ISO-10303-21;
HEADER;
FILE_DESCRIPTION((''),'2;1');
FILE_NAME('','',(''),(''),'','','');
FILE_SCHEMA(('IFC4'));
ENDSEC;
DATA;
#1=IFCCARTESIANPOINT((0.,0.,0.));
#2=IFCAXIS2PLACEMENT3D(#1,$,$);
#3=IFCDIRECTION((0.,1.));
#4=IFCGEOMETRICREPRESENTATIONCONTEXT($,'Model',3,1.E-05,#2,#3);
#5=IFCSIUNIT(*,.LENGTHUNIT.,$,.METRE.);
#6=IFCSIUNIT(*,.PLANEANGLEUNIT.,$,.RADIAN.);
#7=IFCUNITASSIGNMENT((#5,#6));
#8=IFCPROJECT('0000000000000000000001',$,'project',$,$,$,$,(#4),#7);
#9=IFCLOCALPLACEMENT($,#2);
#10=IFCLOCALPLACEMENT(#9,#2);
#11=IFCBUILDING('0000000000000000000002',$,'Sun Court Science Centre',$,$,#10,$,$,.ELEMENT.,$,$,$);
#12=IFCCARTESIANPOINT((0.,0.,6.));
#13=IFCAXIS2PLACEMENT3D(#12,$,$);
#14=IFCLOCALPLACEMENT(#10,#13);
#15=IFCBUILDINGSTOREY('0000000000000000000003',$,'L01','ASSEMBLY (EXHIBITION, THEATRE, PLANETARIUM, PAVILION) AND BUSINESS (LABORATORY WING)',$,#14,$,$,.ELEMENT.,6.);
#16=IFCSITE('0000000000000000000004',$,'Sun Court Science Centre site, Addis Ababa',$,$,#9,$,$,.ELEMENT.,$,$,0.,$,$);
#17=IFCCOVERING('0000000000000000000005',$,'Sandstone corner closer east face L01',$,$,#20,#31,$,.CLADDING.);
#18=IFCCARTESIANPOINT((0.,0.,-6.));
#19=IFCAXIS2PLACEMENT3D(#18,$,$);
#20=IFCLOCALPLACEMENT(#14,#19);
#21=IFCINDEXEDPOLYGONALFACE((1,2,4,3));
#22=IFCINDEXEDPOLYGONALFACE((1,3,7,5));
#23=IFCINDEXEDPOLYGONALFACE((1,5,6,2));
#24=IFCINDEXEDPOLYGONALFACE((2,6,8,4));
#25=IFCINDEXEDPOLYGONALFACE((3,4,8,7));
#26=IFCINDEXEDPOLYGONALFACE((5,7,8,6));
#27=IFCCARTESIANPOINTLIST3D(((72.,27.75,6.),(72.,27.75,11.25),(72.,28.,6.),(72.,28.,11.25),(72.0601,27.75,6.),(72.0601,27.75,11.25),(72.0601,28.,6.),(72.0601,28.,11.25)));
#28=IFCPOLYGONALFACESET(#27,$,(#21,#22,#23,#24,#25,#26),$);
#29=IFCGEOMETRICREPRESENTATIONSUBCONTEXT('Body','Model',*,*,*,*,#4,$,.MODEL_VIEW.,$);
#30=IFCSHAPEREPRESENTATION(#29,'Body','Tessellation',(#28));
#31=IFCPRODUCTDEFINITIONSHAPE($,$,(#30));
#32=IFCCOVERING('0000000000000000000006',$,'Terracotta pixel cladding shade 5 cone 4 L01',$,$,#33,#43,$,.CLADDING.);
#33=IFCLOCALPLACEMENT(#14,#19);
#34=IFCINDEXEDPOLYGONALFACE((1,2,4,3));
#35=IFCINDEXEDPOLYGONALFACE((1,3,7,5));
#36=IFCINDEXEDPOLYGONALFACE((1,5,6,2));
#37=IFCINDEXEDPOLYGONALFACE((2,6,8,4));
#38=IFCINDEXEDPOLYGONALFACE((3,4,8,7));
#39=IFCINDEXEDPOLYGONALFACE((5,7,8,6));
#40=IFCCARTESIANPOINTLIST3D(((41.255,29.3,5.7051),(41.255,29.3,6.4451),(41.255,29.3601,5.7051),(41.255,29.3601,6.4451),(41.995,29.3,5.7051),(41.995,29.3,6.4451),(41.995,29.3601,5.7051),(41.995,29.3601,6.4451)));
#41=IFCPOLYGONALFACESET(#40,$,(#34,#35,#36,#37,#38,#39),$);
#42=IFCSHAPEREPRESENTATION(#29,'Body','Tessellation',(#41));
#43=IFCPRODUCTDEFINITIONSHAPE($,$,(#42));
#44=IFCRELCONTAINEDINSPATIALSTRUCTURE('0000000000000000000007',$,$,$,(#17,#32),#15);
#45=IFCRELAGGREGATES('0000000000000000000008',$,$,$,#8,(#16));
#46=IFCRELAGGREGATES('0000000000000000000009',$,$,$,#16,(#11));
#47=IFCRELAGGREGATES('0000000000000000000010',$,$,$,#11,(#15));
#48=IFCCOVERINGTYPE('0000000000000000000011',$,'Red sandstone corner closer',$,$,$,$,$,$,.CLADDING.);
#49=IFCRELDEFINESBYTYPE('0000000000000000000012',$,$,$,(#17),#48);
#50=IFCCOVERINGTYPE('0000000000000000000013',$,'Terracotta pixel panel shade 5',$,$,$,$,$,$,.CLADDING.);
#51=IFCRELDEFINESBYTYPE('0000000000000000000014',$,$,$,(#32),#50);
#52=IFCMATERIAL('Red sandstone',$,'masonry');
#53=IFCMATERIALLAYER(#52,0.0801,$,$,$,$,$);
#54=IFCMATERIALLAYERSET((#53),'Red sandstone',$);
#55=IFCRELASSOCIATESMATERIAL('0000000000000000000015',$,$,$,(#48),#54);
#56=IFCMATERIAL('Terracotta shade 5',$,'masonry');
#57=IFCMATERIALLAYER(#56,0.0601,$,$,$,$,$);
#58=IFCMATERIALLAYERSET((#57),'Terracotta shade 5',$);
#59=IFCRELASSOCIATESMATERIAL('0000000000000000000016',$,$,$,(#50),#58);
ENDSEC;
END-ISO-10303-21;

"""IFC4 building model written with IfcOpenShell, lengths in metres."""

from ifc_helpers import new_model, si_unit, direction, frame, origin, origin_2d, place, context, subcontext, project, spatial, rectangle, extrude, material, layer, layer_set, type_object, element, save


model = new_model("IFC4")

# Units and contexts
model_context = context("Model", 3, precision=1e-05, world=origin(), true_north=direction((0.0, 1.0)))
body_context = subcontext(model_context, "Body", "Model", "MODEL_VIEW")
ifc_project = project(units=[si_unit("LENGTHUNIT", "METRE"), si_unit("PLANEANGLEUNIT", "RADIAN")], contexts=[model_context])

# Site, building, storey
site_placement = place(None, origin())
site = spatial("IfcSite", under=ifc_project, at=site_placement, Name="Sun Court Science Centre site, Addis Ababa", CompositionType="ELEMENT", RefElevation=0.0)
building_placement = place(site_placement, origin())
building = spatial("IfcBuilding", under=site, at=building_placement, Name="Sun Court Science Centre", CompositionType="ELEMENT")
storey_placement = place(building_placement, frame((0.0, 0.0, 6.0)))
storey = spatial("IfcBuildingStorey", under=building, at=storey_placement, Name="L01", Description="ASSEMBLY (EXHIBITION, THEATRE, PLANETARIUM, PAVILION) AND BUSINESS (LABORATORY WING)", CompositionType="ELEMENT", Elevation=6.0)

# Coverings
ifc_material_1 = material(Name="Red sandstone", Category="masonry")
ifc_layer_1 = layer(ifc_material_1, 0.0801)
ifc_layer_set_1 = layer_set([ifc_layer_1], Name="Red sandstone")
covering_type_1 = type_object("IfcCoveringType", Name="Red sandstone corner closer", PredefinedType="CLADDING", material=ifc_layer_set_1)
covering_1_placement = place(storey_placement, frame((0.0, 0.0, -6.0)))
element("IfcCovering", 1, at=covering_1_placement, inside=storey, type_object=covering_type_1, Name="Sandstone corner closer east face L01", PredefinedType="CLADDING", context=body_context, shape_type="SweptSolid", body=[
    extrude(rectangle(XDim=0.25, YDim=0.0601, at=origin_2d()), frame((72.03, 27.875, 6.0), z_axis=(0.0, 0.0, 1.0), x_axis=(0.0, -1.0, 0.0)), (0.0, 0.0, 1.0), 5.25),
])
ifc_material_2 = material(Name="Terracotta shade 5", Category="masonry")
ifc_layer_2 = layer(ifc_material_2, 0.0601)
ifc_layer_set_2 = layer_set([ifc_layer_2], Name="Terracotta shade 5")
covering_type_2 = type_object("IfcCoveringType", Name="Terracotta pixel panel shade 5", PredefinedType="CLADDING", material=ifc_layer_set_2)
covering_2_placement = place(storey_placement, frame((0.0, 0.0, -6.0)))
element("IfcCovering", 2, at=covering_2_placement, inside=storey, type_object=covering_type_2, Name="Terracotta pixel cladding shade 5 cone 4 L01", PredefinedType="CLADDING", context=body_context, shape_type="SweptSolid", body=[
    extrude(rectangle(XDim=0.74, YDim=0.0601, at=origin_2d()), frame((41.625, 29.3301, 5.7051), z_axis=(0.0, 0.0, 1.0), x_axis=(1.0, 0.0, 0.0)), (0.0, 0.0, 1.0), 0.74),
])

save(model, "model.ifc")
